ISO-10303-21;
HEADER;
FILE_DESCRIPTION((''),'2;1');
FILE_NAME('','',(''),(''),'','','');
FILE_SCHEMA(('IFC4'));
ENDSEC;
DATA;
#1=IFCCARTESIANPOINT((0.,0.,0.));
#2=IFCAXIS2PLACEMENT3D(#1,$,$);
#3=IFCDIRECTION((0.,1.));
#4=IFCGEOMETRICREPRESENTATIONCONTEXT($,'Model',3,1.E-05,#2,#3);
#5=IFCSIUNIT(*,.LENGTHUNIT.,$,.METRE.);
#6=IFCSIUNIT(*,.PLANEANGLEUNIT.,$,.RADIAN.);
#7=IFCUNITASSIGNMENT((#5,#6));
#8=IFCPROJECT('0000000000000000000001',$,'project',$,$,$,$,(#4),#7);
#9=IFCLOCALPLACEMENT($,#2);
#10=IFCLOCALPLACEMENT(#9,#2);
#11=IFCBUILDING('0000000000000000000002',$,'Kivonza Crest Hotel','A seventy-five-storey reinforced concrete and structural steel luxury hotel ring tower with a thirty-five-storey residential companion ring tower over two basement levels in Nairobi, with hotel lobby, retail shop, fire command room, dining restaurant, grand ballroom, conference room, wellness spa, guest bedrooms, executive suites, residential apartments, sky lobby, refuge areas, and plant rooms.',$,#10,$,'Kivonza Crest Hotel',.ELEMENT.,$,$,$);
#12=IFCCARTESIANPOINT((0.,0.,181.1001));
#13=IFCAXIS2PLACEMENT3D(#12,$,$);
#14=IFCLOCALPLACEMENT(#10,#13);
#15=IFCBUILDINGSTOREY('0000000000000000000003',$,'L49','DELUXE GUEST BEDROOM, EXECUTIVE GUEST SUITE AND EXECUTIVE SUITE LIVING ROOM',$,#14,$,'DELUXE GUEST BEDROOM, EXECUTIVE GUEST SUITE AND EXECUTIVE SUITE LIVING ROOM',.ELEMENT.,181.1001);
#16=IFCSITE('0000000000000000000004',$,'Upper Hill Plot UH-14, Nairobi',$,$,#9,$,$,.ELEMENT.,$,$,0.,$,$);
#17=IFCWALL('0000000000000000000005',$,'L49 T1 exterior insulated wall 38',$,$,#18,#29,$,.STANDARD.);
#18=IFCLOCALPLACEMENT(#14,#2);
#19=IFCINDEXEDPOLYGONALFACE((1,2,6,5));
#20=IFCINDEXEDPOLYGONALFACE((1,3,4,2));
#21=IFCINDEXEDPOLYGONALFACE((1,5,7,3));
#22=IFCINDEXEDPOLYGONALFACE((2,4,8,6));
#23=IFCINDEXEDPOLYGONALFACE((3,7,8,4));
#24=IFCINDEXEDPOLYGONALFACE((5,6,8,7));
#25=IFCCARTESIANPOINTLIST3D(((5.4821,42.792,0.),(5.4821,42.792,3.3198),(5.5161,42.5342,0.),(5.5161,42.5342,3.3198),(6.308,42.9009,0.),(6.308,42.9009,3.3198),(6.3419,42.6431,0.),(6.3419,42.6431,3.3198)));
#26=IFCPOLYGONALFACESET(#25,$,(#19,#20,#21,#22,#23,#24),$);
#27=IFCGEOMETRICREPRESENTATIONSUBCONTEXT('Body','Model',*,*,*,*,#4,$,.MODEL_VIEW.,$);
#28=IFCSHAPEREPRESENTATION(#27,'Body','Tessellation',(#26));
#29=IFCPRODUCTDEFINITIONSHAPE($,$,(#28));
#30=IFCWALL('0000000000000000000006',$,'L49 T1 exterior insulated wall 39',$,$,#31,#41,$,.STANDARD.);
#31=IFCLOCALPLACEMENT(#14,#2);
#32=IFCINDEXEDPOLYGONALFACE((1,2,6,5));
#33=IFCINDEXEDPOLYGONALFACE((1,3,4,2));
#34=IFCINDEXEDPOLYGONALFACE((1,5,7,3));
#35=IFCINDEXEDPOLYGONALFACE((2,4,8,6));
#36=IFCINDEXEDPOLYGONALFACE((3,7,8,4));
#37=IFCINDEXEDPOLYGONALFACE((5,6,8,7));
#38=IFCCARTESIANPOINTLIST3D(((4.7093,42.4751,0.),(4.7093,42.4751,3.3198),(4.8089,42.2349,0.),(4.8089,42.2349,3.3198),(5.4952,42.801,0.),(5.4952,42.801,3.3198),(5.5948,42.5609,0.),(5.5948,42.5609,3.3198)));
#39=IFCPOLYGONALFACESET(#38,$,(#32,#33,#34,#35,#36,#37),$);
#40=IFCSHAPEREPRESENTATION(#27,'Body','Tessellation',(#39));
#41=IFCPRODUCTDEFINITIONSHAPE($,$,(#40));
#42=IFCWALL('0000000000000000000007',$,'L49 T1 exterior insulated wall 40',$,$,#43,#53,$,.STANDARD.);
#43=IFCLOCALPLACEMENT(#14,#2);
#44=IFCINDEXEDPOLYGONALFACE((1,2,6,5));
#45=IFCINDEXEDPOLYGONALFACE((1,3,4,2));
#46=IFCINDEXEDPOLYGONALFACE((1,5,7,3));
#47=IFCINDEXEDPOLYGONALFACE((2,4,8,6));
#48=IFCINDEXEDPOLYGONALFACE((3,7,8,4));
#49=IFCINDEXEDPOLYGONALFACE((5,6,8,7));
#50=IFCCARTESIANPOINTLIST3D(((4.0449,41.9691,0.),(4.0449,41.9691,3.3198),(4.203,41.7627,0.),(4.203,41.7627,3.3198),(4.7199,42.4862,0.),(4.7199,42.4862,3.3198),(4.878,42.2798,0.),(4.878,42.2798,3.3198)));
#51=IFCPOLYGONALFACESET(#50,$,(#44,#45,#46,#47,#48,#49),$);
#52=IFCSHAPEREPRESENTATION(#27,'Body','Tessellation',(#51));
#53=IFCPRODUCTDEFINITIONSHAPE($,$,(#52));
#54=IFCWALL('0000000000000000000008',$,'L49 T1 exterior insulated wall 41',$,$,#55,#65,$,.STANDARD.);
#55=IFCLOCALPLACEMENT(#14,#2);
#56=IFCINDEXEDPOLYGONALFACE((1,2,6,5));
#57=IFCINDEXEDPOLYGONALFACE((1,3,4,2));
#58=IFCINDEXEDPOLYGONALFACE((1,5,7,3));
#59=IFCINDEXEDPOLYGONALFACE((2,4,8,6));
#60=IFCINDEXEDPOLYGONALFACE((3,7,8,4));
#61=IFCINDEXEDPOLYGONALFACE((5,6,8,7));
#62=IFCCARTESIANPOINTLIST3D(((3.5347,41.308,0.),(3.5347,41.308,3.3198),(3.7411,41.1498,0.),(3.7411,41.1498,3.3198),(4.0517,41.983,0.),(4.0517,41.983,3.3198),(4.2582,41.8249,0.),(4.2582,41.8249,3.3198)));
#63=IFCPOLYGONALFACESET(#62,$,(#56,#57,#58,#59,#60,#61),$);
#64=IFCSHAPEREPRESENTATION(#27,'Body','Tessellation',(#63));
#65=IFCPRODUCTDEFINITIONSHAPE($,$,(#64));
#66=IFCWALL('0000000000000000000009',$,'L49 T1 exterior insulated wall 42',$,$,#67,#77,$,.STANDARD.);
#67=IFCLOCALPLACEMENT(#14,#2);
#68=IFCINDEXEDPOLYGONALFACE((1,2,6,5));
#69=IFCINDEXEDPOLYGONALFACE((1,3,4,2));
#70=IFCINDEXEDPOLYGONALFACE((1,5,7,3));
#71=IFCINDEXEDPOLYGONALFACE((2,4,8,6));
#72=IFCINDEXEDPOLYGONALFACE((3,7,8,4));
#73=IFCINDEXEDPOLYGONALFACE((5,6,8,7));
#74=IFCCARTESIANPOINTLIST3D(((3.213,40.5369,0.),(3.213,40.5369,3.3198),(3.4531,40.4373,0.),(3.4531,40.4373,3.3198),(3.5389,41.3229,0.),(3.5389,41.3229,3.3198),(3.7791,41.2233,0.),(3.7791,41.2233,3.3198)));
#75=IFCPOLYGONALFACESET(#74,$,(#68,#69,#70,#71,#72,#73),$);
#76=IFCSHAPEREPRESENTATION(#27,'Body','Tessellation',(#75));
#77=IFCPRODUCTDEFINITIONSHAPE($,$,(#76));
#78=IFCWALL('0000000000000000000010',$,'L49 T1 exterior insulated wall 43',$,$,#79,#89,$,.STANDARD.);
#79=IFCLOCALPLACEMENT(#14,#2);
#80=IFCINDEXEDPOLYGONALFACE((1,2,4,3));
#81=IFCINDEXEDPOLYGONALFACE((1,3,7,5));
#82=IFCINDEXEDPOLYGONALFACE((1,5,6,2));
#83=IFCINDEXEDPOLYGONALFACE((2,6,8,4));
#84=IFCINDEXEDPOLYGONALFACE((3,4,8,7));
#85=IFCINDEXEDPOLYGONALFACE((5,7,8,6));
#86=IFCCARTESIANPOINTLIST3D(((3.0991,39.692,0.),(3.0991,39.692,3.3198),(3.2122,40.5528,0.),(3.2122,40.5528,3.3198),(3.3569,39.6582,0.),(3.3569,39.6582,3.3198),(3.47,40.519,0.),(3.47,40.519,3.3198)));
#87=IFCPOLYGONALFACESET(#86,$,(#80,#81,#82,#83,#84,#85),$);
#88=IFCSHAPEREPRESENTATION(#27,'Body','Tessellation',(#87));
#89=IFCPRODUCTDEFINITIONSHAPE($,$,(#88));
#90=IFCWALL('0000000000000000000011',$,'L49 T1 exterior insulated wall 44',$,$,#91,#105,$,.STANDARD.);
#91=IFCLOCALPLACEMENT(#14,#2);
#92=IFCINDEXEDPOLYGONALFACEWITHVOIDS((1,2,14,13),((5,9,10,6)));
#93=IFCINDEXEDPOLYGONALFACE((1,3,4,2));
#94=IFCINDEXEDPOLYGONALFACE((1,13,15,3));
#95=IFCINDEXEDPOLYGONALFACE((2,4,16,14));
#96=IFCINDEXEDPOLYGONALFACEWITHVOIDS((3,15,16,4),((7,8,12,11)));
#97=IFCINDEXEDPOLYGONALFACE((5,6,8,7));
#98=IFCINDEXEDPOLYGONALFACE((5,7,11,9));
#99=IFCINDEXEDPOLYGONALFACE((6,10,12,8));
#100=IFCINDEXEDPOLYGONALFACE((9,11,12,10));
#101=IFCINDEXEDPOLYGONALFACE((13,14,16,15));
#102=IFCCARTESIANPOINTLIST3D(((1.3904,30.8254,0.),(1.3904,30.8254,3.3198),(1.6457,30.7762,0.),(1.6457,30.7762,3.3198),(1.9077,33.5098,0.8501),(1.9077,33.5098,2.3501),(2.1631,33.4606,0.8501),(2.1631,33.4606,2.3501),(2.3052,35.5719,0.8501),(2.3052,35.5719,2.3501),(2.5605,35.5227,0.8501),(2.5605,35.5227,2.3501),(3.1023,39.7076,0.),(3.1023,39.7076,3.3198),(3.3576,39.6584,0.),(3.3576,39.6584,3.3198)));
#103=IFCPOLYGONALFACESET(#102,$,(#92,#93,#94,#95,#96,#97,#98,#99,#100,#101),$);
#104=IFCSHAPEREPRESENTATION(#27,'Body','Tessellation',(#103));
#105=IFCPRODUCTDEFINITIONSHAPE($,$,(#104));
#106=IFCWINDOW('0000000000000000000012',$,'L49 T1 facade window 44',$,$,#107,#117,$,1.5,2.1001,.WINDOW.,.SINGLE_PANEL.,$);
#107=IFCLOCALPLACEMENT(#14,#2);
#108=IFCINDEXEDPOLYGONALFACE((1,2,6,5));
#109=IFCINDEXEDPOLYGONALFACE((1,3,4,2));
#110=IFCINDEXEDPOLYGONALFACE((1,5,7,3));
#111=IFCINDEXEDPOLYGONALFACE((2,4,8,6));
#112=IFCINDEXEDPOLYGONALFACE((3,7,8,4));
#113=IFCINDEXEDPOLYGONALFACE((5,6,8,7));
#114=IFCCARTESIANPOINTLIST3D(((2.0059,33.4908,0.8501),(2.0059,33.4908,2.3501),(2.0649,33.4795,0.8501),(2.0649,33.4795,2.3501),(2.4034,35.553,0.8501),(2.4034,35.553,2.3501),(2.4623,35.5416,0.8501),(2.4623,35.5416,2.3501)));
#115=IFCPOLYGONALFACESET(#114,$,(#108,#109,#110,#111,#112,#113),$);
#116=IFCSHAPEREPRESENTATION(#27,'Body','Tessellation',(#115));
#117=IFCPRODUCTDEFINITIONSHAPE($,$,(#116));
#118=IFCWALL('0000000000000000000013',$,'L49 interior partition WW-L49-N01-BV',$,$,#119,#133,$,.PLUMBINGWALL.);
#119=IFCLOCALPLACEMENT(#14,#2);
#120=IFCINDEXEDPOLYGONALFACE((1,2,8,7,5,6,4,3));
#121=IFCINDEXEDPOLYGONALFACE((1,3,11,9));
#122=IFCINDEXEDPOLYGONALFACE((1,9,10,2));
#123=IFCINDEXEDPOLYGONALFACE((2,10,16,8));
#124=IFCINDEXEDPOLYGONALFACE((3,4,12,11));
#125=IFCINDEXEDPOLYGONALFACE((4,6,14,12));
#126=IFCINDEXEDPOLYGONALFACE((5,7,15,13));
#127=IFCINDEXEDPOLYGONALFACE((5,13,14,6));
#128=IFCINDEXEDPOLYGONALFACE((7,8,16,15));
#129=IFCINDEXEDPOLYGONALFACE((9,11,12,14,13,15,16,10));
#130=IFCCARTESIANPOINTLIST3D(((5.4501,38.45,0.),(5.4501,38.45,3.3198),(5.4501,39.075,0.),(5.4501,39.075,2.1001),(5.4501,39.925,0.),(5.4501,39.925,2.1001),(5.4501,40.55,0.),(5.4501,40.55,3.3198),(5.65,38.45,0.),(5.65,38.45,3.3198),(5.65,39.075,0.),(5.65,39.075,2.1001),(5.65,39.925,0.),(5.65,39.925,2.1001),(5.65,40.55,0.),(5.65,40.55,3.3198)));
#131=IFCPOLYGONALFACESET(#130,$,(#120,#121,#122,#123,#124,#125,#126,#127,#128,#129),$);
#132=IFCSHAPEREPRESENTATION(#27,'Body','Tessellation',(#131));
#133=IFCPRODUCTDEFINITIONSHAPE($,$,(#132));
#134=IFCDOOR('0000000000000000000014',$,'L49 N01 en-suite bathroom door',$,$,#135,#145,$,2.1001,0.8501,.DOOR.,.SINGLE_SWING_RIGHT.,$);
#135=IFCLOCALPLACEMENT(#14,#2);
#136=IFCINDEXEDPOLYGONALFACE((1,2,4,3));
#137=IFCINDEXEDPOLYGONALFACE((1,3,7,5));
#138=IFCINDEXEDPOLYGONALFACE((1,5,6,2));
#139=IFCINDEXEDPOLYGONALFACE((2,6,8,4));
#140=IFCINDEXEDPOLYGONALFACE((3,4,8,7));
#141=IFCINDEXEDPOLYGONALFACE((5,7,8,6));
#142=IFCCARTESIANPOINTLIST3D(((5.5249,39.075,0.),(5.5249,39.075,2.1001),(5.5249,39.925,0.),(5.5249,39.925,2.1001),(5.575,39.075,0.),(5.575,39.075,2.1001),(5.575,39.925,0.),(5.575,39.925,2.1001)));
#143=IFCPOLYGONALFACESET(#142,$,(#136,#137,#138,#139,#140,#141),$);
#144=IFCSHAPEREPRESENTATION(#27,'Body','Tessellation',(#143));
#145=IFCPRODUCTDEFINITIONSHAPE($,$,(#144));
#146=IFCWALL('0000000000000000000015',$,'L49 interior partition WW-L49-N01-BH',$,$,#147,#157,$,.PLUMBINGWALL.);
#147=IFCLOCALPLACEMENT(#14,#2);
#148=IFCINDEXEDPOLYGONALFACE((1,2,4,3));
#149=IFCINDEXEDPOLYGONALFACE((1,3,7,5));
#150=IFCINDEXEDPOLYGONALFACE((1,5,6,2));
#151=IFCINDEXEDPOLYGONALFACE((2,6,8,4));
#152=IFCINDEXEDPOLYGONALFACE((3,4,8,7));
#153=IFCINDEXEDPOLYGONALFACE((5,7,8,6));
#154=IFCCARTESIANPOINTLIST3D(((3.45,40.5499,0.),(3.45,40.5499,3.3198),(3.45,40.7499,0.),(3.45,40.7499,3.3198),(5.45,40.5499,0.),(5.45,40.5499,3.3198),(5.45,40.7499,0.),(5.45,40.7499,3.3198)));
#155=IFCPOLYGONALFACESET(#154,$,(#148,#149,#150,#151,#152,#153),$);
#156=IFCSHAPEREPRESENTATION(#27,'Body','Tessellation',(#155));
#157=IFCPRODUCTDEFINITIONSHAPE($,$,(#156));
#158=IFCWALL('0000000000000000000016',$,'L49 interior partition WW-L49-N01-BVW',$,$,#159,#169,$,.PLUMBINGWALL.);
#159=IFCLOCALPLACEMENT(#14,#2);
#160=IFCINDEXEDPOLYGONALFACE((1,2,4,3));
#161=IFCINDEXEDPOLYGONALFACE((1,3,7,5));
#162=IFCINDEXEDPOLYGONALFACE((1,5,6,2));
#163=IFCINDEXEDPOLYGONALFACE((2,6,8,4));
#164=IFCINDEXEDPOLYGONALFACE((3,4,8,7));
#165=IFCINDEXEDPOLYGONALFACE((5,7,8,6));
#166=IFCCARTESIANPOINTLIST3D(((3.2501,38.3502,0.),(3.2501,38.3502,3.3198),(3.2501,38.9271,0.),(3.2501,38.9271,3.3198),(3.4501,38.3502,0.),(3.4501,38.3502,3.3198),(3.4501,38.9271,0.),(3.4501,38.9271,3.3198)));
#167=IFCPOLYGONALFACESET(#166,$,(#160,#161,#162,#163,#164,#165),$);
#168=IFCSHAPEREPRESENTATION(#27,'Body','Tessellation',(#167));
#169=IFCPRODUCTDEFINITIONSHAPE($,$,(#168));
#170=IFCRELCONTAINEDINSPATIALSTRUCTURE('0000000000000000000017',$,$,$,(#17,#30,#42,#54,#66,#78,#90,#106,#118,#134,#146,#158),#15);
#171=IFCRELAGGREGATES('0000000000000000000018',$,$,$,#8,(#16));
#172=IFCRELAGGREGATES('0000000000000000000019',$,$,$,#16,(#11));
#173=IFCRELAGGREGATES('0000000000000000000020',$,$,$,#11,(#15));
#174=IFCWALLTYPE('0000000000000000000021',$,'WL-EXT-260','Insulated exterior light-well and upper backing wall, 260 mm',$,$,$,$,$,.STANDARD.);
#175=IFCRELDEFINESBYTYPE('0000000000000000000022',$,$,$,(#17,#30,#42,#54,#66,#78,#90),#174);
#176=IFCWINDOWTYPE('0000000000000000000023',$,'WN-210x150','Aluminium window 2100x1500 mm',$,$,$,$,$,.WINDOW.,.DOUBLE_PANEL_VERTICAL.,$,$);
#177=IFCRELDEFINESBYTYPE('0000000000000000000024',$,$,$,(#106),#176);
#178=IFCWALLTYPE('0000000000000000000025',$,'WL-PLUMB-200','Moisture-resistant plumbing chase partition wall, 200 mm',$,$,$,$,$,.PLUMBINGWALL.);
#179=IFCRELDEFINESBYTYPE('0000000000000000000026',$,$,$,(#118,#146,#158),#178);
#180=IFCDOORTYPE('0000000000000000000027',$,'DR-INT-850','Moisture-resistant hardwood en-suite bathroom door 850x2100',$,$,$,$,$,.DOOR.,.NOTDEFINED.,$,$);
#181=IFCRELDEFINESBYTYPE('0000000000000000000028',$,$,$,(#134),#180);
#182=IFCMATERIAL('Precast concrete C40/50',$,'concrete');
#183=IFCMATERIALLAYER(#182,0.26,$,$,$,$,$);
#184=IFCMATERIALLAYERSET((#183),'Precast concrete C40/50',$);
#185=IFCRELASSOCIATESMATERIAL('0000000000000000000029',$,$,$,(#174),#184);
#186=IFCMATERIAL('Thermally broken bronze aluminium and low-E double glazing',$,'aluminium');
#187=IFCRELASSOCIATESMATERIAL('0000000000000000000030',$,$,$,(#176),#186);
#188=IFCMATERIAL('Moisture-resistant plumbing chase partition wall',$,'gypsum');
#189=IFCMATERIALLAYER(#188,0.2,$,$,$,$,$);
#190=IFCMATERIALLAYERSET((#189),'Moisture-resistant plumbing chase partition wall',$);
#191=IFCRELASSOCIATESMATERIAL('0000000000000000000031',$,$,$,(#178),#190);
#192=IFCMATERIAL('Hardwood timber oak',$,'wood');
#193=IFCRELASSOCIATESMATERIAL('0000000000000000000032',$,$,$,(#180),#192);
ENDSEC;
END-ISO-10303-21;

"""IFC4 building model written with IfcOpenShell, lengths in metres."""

from ifc_helpers import new_model, si_unit, direction, frame, frame_2d, origin, place, context, subcontext, project, spatial, rectangle, extrude, material, layer, layer_set, type_object, element, fill, save


model = new_model("IFC4")

# Units and contexts
model_context = context("Model", 3, precision=1e-05, world=origin(), true_north=direction((0.0, 1.0)))
body_context = subcontext(model_context, "Body", "Model", "MODEL_VIEW")
ifc_project = project(units=[si_unit("LENGTHUNIT", "METRE"), si_unit("PLANEANGLEUNIT", "RADIAN")], contexts=[model_context])

# Site, building, storey
site_placement = place(None, origin())
site = spatial("IfcSite", under=ifc_project, at=site_placement, Name="Upper Hill Plot UH-14, Nairobi", CompositionType="ELEMENT", RefElevation=0.0)
building_placement = place(site_placement, origin())
building = spatial("IfcBuilding", under=site, at=building_placement, Name="Kivonza Crest Hotel", Description="A seventy-five-storey reinforced concrete and structural steel luxury hotel ring tower with a thirty-five-storey residential companion ring tower over two basement levels in Nairobi, with hotel lobby, retail shop, fire command room, dining restaurant, grand ballroom, conference room, wellness spa, guest bedrooms, executive suites, residential apartments, sky lobby, refuge areas, and plant rooms.", LongName="Kivonza Crest Hotel", CompositionType="ELEMENT")
storey_placement = place(building_placement, frame((0.0, 0.0, 181.1001)))
storey = spatial("IfcBuildingStorey", under=building, at=storey_placement, Name="L49", Description="DELUXE GUEST BEDROOM, EXECUTIVE GUEST SUITE AND EXECUTIVE SUITE LIVING ROOM", LongName="DELUXE GUEST BEDROOM, EXECUTIVE GUEST SUITE AND EXECUTIVE SUITE LIVING ROOM", CompositionType="ELEMENT", Elevation=181.1001)

# Shared definitions
ifc_material_1 = material(Name="Hardwood timber oak", Category="wood")

# Walls
ifc_material_2 = material(Name="Precast concrete C40/50", Category="concrete")
ifc_layer_1 = layer(ifc_material_2, 0.26)
ifc_layer_set_1 = layer_set([ifc_layer_1], Name="Precast concrete C40/50")
wall_type_1 = type_object("IfcWallType", Name="WL-EXT-260", Description="Insulated exterior light-well and upper backing wall, 260 mm", PredefinedType="STANDARD", material=ifc_layer_set_1)
wall_1_placement = place(storey_placement, frame((6.325, 42.772, 0.0), z_axis=(0.0, 0.0, 1.0), x_axis=(-0.991421, -0.130705, 0.0)))
element("IfcWall", 1, at=wall_1_placement, inside=storey, type_object=wall_type_1, Name="L49 T1 exterior insulated wall 38", PredefinedType="STANDARD", context=body_context, shape_type="SweptSolid", body=[
    extrude(rectangle(XDim=0.833, YDim=0.26, at=frame_2d((0.4165, 0.0))), origin(), (0.0, 0.0, 1.0), 3.3198),
])
wall_2_placement = place(storey_placement, frame((5.5449, 42.6809, 0.0), z_axis=(0.0, 0.0, 1.0), x_axis=(-0.923712, -0.383087, 0.0)))
element("IfcWall", 2, at=wall_2_placement, inside=storey, type_object=wall_type_1, Name="L49 T1 exterior insulated wall 39", PredefinedType="STANDARD", context=body_context, shape_type="SweptSolid", body=[
    extrude(rectangle(XDim=0.8508, YDim=0.26, at=frame_2d((0.4253, 0.0))), origin(), (0.0, 0.0, 1.0), 3.3198),
])
for number, where, z_axis, x_axis, name in (
    (3, (4.7991, 42.3831, 0.0), (0.0, 0.0, 1.0), (-0.79386, -0.6081, 0.0), "L49 T1 exterior insulated wall 40"),
    (4, (4.155, 41.9041, 0.0), (0.0, 0.0, 1.0), (-0.6081, -0.79386, 0.0), "L49 T1 exterior insulated wall 41"),
):
    element("IfcWall", number, at=place(storey_placement, frame(where, z_axis=z_axis, x_axis=x_axis)), inside=storey, type_object=wall_type_1, Name=name, PredefinedType="STANDARD", context=body_context, shape_type="SweptSolid", body=[
        extrude(rectangle(XDim=0.8503, YDim=0.26, at=frame_2d((0.4253, 0.0))), origin(), (0.0, 0.0, 1.0), 3.3198),
    ])
wall_3_placement = place(storey_placement, frame((3.6589, 41.2729, 0.0), z_axis=(0.0, 0.0, 1.0), x_axis=(-0.383087, -0.923712, 0.0)))
element("IfcWall", 5, at=wall_3_placement, inside=storey, type_object=wall_type_1, Name="L49 T1 exterior insulated wall 42", PredefinedType="STANDARD", context=body_context, shape_type="SweptSolid", body=[
    extrude(rectangle(XDim=0.8508, YDim=0.26, at=frame_2d((0.4253, 0.0))), origin(), (0.0, 0.0, 1.0), 3.3198),
])
wall_4_placement = place(storey_placement, frame((3.3411, 40.5359, 0.0), z_axis=(0.0, 0.0, 1.0), x_axis=(-0.130193, -0.991489, 0.0)))
element("IfcWall", 6, at=wall_4_placement, inside=storey, type_object=wall_type_1, Name="L49 T1 exterior insulated wall 43", PredefinedType="STANDARD", context=body_context, shape_type="SweptSolid", body=[
    extrude(rectangle(XDim=0.8682, YDim=0.26, at=frame_2d((0.4341, 0.0))), origin(), (0.0, 0.0, 1.0), 3.3198),
])

# Wall, opening, window
wall_5_placement = place(storey_placement, frame((3.23, 39.6831, 0.0), z_axis=(0.0, 0.0, 1.0), x_axis=(-0.189255, -0.981928, 0.0)))
wall_5 = element("IfcWall", 7, at=wall_5_placement, inside=storey, type_object=wall_type_1, Name="L49 T1 exterior insulated wall 44", PredefinedType="STANDARD", context=body_context, shape_type="SweptSolid", body=[
    extrude(rectangle(XDim=9.0457, YDim=0.26, at=frame_2d((4.5229, 0.0))), origin(), (0.0, 0.0, 1.0), 3.3198),
])
opening_1_placement = place(wall_5_placement, frame((4.2119, 0.0, 0.8501)))
opening_1 = element("IfcOpeningElement", 8, at=opening_1_placement, cuts=wall_5, PredefinedType="OPENING", context=body_context, shape_type="SweptSolid", body=[
    extrude(rectangle(XDim=2.1001, YDim=1.5, at=frame_2d((1.05, 0.75))), frame((0.0, 0.1401, 0.0), z_axis=(0.0, -1.0, 0.0), x_axis=(1.0, 0.0, 0.0)), (0.0, 0.0, 1.0), 0.28),
])
ifc_material_3 = material(Name="Thermally broken bronze aluminium and low-E double glazing", Category="aluminium")
window_type = type_object("IfcWindowType", Name="WN-210x150", Description="Aluminium window 2100x1500 mm", PartitioningType="DOUBLE_PANEL_VERTICAL", PredefinedType="WINDOW", material=ifc_material_3)
window_placement = place(opening_1_placement, origin())
window = element("IfcWindow", 9, at=window_placement, inside=storey, type_object=window_type, Name="L49 T1 facade window 44", OverallHeight=1.5, OverallWidth=2.1001, PartitioningType="SINGLE_PANEL", PredefinedType="WINDOW", context=body_context, shape_type="SweptSolid", body=[
    extrude(rectangle(XDim=2.1001, YDim=1.5, at=frame_2d((1.05, 0.75))), frame((0.0, 0.03, 0.0), z_axis=(0.0, -1.0, 0.0), x_axis=(1.0, 0.0, 0.0)), (0.0, 0.0, 1.0), 0.0601),
])
fill(opening_1, window)

# Wall, opening, door
ifc_material_4 = material(Name="Moisture-resistant plumbing chase partition wall", Category="gypsum")
ifc_layer_2 = layer(ifc_material_4, 0.2)
ifc_layer_set_2 = layer_set([ifc_layer_2], Name="Moisture-resistant plumbing chase partition wall")
wall_type_2 = type_object("IfcWallType", Name="WL-PLUMB-200", Description="Moisture-resistant plumbing chase partition wall, 200 mm", PredefinedType="PLUMBINGWALL", material=ifc_layer_set_2)
wall_6_placement = place(storey_placement, frame((5.55, 38.45, 0.0), z_axis=(0.0, 0.0, 1.0), x_axis=(0.0, 1.0, 0.0)))
wall_6 = element("IfcWall", 10, at=wall_6_placement, inside=storey, type_object=wall_type_2, Name="L49 interior partition WW-L49-N01-BV", PredefinedType="PLUMBINGWALL", context=body_context, shape_type="SweptSolid", body=[
    extrude(rectangle(XDim=2.1001, YDim=0.2, at=frame_2d((1.05, 0.0))), origin(), (0.0, 0.0, 1.0), 3.3198),
])
opening_2_placement = place(wall_6_placement, frame((0.625, 0.0, 0.0)))
opening_2 = element("IfcOpeningElement", 11, at=opening_2_placement, cuts=wall_6, PredefinedType="OPENING", context=body_context, shape_type="SweptSolid", body=[
    extrude(rectangle(XDim=0.8501, YDim=2.1001, at=frame_2d((0.425, 1.05))), frame((0.0, 0.1099, 0.0), z_axis=(0.0, -1.0, 0.0), x_axis=(1.0, 0.0, 0.0)), (0.0, 0.0, 1.0), 0.22),
])
door_type_1 = type_object("IfcDoorType", Name="DR-INT-850", Description="Moisture-resistant hardwood en-suite bathroom door 850x2100", OperationType="NOTDEFINED", PredefinedType="DOOR", material=ifc_material_1)
door_1_placement = place(opening_2_placement, frame((0.8501, 0.0, 0.0), z_axis=(0.0, 0.0, 1.0), x_axis=(-1.0, 0.0, 0.0)))
door_1 = element("IfcDoor", 12, at=door_1_placement, inside=storey, type_object=door_type_1, Name="L49 N01 en-suite bathroom door", OperationType="SINGLE_SWING_RIGHT", OverallHeight=2.1001, OverallWidth=0.8501, PredefinedType="DOOR", context=body_context, shape_type="SweptSolid", body=[
    extrude(rectangle(XDim=0.8501, YDim=2.1001, at=frame_2d((0.425, 1.05))), frame((0.0, 0.0249, 0.0), z_axis=(0.0, -1.0, 0.0), x_axis=(1.0, 0.0, 0.0)), (0.0, 0.0, 1.0), 0.05),
])
fill(opening_2, door_1)

# Walls
wall_7_placement = place(storey_placement, frame((3.45, 40.6499, 0.0), z_axis=(0.0, 0.0, 1.0), x_axis=(1.0, 0.0, 0.0)))
element("IfcWall", 13, at=wall_7_placement, inside=storey, type_object=wall_type_2, Name="L49 interior partition WW-L49-N01-BH", PredefinedType="PLUMBINGWALL", context=body_context, shape_type="SweptSolid", body=[
    extrude(rectangle(XDim=2.0, YDim=0.2, at=frame_2d((1.0, 0.0))), origin(), (0.0, 0.0, 1.0), 3.3198),
])
wall_8_placement = place(storey_placement, frame((3.3501, 38.3501, 0.0), z_axis=(0.0, 0.0, 1.0), x_axis=(0.0, 1.0, 0.0)))
element("IfcWall", 14, at=wall_8_placement, inside=storey, type_object=wall_type_2, Name="L49 interior partition WW-L49-N01-BVW", PredefinedType="PLUMBINGWALL", context=body_context, shape_type="SweptSolid", body=[
    extrude(rectangle(XDim=0.5769, YDim=0.2, at=frame_2d((0.2886, 0.0))), origin(), (0.0, 0.0, 1.0), 3.3198),
])

save(model, "model.ifc")
